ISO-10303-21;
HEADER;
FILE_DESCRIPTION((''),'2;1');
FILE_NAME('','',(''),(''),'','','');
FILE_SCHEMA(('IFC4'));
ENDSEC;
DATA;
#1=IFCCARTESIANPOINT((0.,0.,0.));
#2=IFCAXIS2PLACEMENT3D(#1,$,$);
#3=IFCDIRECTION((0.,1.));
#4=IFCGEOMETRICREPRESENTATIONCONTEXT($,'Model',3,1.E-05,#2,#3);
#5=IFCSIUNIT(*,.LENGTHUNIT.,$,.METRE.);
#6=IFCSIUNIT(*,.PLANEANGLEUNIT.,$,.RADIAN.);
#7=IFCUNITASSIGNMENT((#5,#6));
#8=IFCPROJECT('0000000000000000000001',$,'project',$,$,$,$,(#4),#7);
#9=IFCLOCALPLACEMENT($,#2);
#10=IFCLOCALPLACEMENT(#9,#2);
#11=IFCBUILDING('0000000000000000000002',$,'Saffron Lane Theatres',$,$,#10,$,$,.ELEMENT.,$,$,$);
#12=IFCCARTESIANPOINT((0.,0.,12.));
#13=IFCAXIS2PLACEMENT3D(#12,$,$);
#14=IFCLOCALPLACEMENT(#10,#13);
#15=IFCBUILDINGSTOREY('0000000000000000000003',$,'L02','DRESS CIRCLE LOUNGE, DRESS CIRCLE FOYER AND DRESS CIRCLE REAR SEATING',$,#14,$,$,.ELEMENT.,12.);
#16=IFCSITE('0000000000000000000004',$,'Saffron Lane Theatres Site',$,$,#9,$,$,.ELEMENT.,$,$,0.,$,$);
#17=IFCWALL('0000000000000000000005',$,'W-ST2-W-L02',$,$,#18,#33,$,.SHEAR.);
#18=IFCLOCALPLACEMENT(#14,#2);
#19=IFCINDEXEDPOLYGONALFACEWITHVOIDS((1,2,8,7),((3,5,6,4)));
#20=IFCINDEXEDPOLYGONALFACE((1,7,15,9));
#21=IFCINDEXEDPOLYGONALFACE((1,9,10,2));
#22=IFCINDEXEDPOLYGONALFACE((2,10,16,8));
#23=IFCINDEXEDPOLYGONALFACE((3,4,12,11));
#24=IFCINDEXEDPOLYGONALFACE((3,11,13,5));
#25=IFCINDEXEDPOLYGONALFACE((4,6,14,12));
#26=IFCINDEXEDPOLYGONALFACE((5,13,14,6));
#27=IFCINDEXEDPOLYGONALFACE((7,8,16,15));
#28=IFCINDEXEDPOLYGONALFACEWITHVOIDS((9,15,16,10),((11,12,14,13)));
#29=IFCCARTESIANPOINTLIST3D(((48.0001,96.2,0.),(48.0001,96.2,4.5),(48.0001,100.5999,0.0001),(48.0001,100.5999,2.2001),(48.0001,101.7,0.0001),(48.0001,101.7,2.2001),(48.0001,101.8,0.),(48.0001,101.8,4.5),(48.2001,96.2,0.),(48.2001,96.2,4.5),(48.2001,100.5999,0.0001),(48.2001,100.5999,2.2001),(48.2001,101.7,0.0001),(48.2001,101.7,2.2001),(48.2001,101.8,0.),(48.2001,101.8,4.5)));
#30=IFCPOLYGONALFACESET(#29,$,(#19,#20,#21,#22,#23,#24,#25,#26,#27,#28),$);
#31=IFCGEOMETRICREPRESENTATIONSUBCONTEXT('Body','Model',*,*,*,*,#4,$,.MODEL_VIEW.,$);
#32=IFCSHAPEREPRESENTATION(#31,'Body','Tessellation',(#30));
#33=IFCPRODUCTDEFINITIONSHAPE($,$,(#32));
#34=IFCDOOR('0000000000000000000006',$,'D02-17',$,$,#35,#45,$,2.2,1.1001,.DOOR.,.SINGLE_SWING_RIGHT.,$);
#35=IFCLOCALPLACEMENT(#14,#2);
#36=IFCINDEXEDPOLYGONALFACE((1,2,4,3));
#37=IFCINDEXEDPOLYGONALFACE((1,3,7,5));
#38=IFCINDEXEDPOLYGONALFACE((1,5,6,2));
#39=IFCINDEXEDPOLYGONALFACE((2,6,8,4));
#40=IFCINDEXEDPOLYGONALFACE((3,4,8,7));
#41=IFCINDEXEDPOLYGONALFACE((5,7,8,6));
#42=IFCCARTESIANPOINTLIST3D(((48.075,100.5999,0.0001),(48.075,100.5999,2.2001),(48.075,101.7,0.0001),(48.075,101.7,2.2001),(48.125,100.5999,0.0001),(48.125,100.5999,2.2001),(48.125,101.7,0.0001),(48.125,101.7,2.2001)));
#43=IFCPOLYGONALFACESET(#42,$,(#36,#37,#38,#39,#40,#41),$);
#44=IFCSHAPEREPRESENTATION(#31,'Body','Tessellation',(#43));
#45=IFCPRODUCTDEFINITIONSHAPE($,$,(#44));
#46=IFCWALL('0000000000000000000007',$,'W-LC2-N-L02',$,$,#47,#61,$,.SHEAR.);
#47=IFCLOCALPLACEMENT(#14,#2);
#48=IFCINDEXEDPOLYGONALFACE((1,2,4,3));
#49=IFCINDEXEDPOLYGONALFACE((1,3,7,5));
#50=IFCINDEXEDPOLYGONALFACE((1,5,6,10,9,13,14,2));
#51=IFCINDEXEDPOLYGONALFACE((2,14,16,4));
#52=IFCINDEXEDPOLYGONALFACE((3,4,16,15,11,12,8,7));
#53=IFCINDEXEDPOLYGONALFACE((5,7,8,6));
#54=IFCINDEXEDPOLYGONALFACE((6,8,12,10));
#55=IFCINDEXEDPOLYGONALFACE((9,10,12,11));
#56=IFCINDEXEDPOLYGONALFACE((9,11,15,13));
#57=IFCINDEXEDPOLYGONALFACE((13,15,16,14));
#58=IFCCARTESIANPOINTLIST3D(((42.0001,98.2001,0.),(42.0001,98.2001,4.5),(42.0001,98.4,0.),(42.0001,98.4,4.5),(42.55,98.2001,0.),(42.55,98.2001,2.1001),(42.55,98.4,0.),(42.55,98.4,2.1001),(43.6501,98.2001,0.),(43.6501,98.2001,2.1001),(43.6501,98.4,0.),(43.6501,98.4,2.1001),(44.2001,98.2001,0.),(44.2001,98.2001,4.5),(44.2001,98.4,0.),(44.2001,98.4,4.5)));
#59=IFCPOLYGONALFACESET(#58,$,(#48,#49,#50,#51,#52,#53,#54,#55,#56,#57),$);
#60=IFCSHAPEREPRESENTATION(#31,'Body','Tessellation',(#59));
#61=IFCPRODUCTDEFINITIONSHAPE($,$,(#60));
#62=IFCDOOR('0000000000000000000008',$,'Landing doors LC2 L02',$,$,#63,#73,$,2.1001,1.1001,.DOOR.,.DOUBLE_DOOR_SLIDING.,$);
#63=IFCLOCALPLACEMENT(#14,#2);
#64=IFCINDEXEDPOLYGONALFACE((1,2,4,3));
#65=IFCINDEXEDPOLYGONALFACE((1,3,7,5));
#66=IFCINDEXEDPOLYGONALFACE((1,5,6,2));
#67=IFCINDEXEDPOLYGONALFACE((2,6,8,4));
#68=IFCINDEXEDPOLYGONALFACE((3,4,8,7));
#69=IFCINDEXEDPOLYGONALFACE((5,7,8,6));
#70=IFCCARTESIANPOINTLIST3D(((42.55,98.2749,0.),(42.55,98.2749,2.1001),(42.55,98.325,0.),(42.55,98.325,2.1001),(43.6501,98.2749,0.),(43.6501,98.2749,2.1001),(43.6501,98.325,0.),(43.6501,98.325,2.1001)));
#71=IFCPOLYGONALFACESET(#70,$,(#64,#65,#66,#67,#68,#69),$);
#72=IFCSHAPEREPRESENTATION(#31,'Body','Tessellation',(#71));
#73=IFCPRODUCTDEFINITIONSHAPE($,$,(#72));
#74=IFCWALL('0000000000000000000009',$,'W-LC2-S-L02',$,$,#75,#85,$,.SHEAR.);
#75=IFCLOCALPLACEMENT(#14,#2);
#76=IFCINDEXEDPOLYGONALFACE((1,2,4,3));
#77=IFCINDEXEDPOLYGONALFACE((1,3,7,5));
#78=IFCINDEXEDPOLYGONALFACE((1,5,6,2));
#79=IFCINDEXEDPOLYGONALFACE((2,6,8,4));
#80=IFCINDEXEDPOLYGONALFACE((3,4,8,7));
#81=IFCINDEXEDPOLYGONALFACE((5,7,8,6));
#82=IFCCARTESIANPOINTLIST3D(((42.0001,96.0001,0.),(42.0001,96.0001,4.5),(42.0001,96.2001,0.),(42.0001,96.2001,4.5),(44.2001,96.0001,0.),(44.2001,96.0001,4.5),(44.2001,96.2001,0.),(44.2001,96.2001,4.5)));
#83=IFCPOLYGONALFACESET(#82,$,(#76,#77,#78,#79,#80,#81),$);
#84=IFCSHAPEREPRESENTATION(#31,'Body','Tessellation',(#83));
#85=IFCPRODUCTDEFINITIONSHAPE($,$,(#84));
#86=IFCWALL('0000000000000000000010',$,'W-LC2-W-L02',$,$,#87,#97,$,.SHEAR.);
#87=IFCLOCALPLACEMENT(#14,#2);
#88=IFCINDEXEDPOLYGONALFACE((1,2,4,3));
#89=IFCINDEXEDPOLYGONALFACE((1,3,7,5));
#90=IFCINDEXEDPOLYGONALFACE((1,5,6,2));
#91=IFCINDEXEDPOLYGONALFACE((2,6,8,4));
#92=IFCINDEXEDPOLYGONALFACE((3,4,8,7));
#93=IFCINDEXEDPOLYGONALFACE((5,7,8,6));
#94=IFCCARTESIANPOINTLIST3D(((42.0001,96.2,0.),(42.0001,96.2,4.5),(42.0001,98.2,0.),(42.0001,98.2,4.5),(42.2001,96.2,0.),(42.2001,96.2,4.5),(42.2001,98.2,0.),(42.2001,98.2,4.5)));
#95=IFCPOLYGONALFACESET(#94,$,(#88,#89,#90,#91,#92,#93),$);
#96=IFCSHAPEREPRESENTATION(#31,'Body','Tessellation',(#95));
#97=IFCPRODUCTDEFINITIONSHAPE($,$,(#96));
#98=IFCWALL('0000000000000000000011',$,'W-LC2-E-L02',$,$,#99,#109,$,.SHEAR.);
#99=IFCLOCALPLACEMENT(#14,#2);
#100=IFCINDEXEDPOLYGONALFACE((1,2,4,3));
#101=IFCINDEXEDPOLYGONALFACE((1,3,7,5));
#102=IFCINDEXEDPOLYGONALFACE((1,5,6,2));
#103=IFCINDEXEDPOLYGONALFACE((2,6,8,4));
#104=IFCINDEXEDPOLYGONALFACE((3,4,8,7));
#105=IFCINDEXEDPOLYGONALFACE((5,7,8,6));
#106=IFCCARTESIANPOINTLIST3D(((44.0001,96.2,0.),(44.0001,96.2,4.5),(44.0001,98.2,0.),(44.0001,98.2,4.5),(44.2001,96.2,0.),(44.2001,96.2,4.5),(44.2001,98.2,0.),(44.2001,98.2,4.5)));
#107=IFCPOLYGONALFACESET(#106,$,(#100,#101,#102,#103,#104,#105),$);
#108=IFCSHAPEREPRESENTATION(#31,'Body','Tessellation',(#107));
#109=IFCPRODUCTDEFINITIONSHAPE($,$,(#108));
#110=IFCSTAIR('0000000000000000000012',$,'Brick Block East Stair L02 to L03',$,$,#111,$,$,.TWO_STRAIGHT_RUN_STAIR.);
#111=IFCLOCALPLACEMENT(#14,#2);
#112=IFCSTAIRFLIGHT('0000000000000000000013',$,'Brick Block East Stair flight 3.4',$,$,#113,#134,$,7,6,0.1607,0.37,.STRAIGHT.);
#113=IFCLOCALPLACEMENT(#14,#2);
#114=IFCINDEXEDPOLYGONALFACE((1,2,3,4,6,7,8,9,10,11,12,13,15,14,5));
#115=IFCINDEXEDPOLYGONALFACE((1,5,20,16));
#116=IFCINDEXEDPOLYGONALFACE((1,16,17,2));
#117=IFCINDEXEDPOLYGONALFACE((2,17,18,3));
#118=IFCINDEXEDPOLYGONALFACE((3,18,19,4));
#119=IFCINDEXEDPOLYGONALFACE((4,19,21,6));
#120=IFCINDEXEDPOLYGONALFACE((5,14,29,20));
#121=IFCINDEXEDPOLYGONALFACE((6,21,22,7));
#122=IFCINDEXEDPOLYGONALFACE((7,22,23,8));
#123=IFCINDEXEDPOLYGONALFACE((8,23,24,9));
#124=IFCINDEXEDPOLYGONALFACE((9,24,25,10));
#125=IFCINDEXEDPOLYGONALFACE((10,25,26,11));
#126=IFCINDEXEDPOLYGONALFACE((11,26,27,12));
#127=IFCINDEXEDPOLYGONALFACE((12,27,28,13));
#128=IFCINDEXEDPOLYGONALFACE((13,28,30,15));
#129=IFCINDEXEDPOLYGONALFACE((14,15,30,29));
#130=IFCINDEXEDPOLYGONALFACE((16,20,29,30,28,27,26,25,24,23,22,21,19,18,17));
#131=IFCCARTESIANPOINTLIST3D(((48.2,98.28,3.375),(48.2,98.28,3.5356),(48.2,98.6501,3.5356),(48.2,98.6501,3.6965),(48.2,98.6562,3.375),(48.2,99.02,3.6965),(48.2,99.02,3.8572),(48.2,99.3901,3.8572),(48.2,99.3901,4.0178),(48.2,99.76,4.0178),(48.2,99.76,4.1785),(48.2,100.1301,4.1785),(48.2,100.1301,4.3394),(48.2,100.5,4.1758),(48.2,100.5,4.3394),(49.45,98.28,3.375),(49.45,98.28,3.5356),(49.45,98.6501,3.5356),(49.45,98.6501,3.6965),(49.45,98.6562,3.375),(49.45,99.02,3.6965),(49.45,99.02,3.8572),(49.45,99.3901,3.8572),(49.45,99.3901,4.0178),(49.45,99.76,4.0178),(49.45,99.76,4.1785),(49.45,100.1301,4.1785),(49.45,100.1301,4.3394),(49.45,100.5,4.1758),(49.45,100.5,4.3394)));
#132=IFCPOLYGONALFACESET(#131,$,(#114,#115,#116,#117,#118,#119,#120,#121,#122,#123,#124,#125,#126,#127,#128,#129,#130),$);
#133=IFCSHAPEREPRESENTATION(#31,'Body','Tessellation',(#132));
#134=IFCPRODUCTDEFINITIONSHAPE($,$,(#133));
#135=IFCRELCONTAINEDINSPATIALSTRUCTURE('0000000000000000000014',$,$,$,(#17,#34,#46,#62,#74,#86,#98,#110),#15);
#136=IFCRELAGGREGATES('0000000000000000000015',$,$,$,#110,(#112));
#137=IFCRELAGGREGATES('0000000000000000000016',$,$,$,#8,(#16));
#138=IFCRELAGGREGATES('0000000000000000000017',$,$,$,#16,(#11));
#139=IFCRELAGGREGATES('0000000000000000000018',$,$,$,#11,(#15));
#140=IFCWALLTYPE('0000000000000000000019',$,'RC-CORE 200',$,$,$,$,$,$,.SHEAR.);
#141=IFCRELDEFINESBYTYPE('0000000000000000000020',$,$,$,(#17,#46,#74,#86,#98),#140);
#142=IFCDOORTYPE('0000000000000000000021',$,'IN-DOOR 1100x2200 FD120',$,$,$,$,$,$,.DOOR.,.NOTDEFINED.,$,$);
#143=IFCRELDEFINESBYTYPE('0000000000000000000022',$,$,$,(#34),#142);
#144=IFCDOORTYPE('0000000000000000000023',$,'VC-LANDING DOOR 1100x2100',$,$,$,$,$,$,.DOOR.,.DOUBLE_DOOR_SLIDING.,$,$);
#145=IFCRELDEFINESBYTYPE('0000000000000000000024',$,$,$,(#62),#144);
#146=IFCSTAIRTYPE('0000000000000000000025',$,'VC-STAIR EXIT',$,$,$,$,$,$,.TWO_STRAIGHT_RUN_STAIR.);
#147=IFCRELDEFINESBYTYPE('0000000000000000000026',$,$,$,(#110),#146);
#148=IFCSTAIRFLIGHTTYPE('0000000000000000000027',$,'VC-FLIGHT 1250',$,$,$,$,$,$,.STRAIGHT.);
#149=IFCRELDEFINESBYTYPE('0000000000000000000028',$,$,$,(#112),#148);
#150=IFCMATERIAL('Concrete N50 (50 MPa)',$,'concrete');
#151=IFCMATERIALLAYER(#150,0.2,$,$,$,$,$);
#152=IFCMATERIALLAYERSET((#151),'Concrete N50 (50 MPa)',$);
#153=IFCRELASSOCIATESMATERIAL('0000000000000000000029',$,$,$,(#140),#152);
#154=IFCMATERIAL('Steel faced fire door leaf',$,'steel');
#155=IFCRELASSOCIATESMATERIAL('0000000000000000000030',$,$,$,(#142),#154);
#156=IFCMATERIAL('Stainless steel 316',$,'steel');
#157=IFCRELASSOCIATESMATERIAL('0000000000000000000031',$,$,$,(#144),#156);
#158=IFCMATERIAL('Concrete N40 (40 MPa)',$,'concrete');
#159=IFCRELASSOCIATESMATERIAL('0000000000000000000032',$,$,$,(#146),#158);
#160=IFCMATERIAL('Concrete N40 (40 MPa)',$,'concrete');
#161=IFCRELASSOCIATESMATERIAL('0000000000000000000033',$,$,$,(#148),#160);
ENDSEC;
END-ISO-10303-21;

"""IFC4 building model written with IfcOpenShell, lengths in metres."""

from ifc_helpers import new_model, si_unit, direction, frame, frame_2d, origin, place, context, subcontext, project, spatial, polyline, rectangle, outline, extrude, material, layer, layer_set, type_object, element, fill, aggregate, save


model = new_model("IFC4")

# Units and contexts
model_context = context("Model", 3, precision=1e-05, world=origin(), true_north=direction((0.0, 1.0)))
body_context = subcontext(model_context, "Body", "Model", "MODEL_VIEW")
ifc_project = project(units=[si_unit("LENGTHUNIT", "METRE"), si_unit("PLANEANGLEUNIT", "RADIAN")], contexts=[model_context])

# Site, building, storey
site_placement = place(None, origin())
site = spatial("IfcSite", under=ifc_project, at=site_placement, Name="Saffron Lane Theatres Site", CompositionType="ELEMENT", RefElevation=0.0)
building_placement = place(site_placement, origin())
building = spatial("IfcBuilding", under=site, at=building_placement, Name="Saffron Lane Theatres", CompositionType="ELEMENT")
storey_placement = place(building_placement, frame((0.0, 0.0, 12.0)))
storey = spatial("IfcBuildingStorey", under=building, at=storey_placement, Name="L02", Description="DRESS CIRCLE LOUNGE, DRESS CIRCLE FOYER AND DRESS CIRCLE REAR SEATING", CompositionType="ELEMENT", Elevation=12.0)

# Shared definitions
ifc_material_1 = material(Name="Concrete N50 (50 MPa)", Category="concrete")
ifc_layer_1 = layer(ifc_material_1, 0.2)
ifc_layer_set_1 = layer_set([ifc_layer_1], Name="Concrete N50 (50 MPa)")
wall_type_1 = type_object("IfcWallType", Name="RC-CORE 200", PredefinedType="SHEAR", material=ifc_layer_set_1)

# Walls, openings, doors
wall_1_placement = place(storey_placement, frame((48.1001, 96.2, 0.0), z_axis=(0.0, 0.0, 1.0), x_axis=(0.0, 1.0, 0.0)))
wall_1 = element("IfcWall", 1, at=wall_1_placement, inside=storey, type_object=wall_type_1, Name="W-ST2-W-L02", PredefinedType="SHEAR", context=body_context, shape_type="SweptSolid", body=[
    extrude(rectangle(XDim=5.6001, YDim=0.2, at=frame_2d((2.8, 0.0))), origin(), (0.0, 0.0, 1.0), 4.5),
])
opening_1_placement = place(wall_1_placement, frame((4.3999, 0.0, 0.0)))
opening_1 = element("IfcOpeningElement", 2, at=opening_1_placement, cuts=wall_1, PredefinedType="OPENING", context=body_context, shape_type="SweptSolid", body=[
    extrude(rectangle(XDim=1.1001, YDim=2.2, at=frame_2d((0.55, 1.1001))), frame((0.0, 0.1099, 0.0), z_axis=(0.0, -1.0, 0.0), x_axis=(1.0, 0.0, 0.0)), (0.0, 0.0, 1.0), 0.22),
])
ifc_material_2 = material(Name="Steel faced fire door leaf", Category="steel")
door_type_1 = type_object("IfcDoorType", Name="IN-DOOR 1100x2200 FD120", OperationType="NOTDEFINED", PredefinedType="DOOR", material=ifc_material_2)
door_1_placement = place(opening_1_placement, frame((1.1001, 0.0, 0.0), z_axis=(0.0, 0.0, 1.0), x_axis=(-1.0, 0.0, 0.0)))
door_1 = element("IfcDoor", 3, at=door_1_placement, inside=storey, type_object=door_type_1, Name="D02-17", OperationType="SINGLE_SWING_RIGHT", OverallHeight=2.2, OverallWidth=1.1001, PredefinedType="DOOR", context=body_context, shape_type="SweptSolid", body=[
    extrude(rectangle(XDim=1.1001, YDim=2.2, at=frame_2d((0.55, 1.1001))), frame((0.0, 0.0249, 0.0), z_axis=(0.0, -1.0, 0.0), x_axis=(1.0, 0.0, 0.0)), (0.0, 0.0, 1.0), 0.05),
])
fill(opening_1, door_1)
wall_2_placement = place(storey_placement, frame((42.0, 98.3, 0.0), z_axis=(0.0, 0.0, 1.0), x_axis=(1.0, 0.0, 0.0)))
wall_2 = element("IfcWall", 4, at=wall_2_placement, inside=storey, type_object=wall_type_1, Name="W-LC2-N-L02", PredefinedType="SHEAR", context=body_context, shape_type="SweptSolid", body=[
    extrude(rectangle(XDim=2.2, YDim=0.2, at=frame_2d((1.1001, 0.0))), origin(), (0.0, 0.0, 1.0), 4.5),
])
opening_2_placement = place(wall_2_placement, frame((0.55, 0.0, 0.0)))
opening_2 = element("IfcOpeningElement", 5, at=opening_2_placement, cuts=wall_2, PredefinedType="OPENING", context=body_context, shape_type="SweptSolid", body=[
    extrude(rectangle(XDim=1.1001, YDim=2.1001, at=frame_2d((0.55, 1.05))), frame((0.0, 0.1099, 0.0), z_axis=(0.0, -1.0, 0.0), x_axis=(1.0, 0.0, 0.0)), (0.0, 0.0, 1.0), 0.22),
])
ifc_material_3 = material(Name="Stainless steel 316", Category="steel")
door_type_2 = type_object("IfcDoorType", Name="VC-LANDING DOOR 1100x2100", OperationType="DOUBLE_DOOR_SLIDING", PredefinedType="DOOR", material=ifc_material_3)
door_2_placement = place(opening_2_placement, origin())
door_2 = element("IfcDoor", 6, at=door_2_placement, inside=storey, type_object=door_type_2, Name="Landing doors LC2 L02", OperationType="DOUBLE_DOOR_SLIDING", OverallHeight=2.1001, OverallWidth=1.1001, PredefinedType="DOOR", context=body_context, shape_type="SweptSolid", body=[
    extrude(rectangle(XDim=1.1001, YDim=2.1001, at=frame_2d((0.55, 1.05))), frame((0.0, 0.0249, 0.0), z_axis=(0.0, -1.0, 0.0), x_axis=(1.0, 0.0, 0.0)), (0.0, 0.0, 1.0), 0.05),
])
fill(opening_2, door_2)

# Walls
wall_3_placement = place(storey_placement, frame((42.0, 96.1001, 0.0), z_axis=(0.0, 0.0, 1.0), x_axis=(1.0, 0.0, 0.0)))
element("IfcWall", 7, at=wall_3_placement, inside=storey, type_object=wall_type_1, Name="W-LC2-S-L02", PredefinedType="SHEAR", context=body_context, shape_type="SweptSolid", body=[
    extrude(rectangle(XDim=2.2, YDim=0.2, at=frame_2d((1.1001, 0.0))), origin(), (0.0, 0.0, 1.0), 4.5),
])
for number, where, z_axis, x_axis, name in (
    (8, (42.1001, 96.2, 0.0), (0.0, 0.0, 1.0), (0.0, 1.0, 0.0), "W-LC2-W-L02"),
    (9, (44.1001, 96.2, 0.0), (0.0, 0.0, 1.0), (0.0, 1.0, 0.0), "W-LC2-E-L02"),
):
    element("IfcWall", number, at=place(storey_placement, frame(where, z_axis=z_axis, x_axis=x_axis)), inside=storey, type_object=wall_type_1, Name=name, PredefinedType="SHEAR", context=body_context, shape_type="SweptSolid", body=[
        extrude(rectangle(XDim=2.0, YDim=0.2, at=frame_2d((1.0, 0.0))), origin(), (0.0, 0.0, 1.0), 4.5),
    ])

# Stair, stair flight
ifc_material_4 = material(Name="Concrete N40 (40 MPa)", Category="concrete")
stair_type = type_object("IfcStairType", Name="VC-STAIR EXIT", PredefinedType="TWO_STRAIGHT_RUN_STAIR", material=ifc_material_4)
stair_placement = place(storey_placement, origin())
stair = element("IfcStair", 10, at=stair_placement, inside=storey, type_object=stair_type, Name="Brick Block East Stair L02 to L03", PredefinedType="TWO_STRAIGHT_RUN_STAIR")
ifc_material_5 = material(Name="Concrete N40 (40 MPa)", Category="concrete")
stair_flight_type = type_object("IfcStairFlightType", Name="VC-FLIGHT 1250", PredefinedType="STRAIGHT", material=ifc_material_5)
stair_flight_placement = place(storey_placement, frame((48.825, 98.28, 3.375), z_axis=(0.0, 0.0, 1.0), x_axis=(0.0, 1.0, 0.0)))
stair_flight = element("IfcStairFlight", 11, at=stair_flight_placement, type_object=stair_flight_type, Name="Brick Block East Stair flight 3.4", NumberOfRisers=7, NumberOfTreads=6, PredefinedType="STRAIGHT", RiserHeight=0.1607, TreadLength=0.37, context=body_context, shape_type="SweptSolid", body=[
    extrude(outline(polyline([(0.0, 0.0), (0.0, 0.1606), (0.3701, 0.1606), (0.3701, 0.3215), (0.74, 0.3215), (0.74, 0.4822), (1.1101, 0.4822), (1.1101, 0.6428), (1.48, 0.6428), (1.48, 0.8035), (1.8501, 0.8035), (1.8501, 0.9644), (2.22, 0.9644), (2.22, 1.125), (2.22, 0.8008), (0.3762, 0.0), (0.0, 0.0)])), frame((0.0, 0.625, 0.0), z_axis=(0.0, -1.0, 0.0), x_axis=(1.0, 0.0, 0.0)), (0.0, 0.0, 1.0), 1.25),
])
aggregate(stair, [stair_flight])

save(model, "model.ifc")
